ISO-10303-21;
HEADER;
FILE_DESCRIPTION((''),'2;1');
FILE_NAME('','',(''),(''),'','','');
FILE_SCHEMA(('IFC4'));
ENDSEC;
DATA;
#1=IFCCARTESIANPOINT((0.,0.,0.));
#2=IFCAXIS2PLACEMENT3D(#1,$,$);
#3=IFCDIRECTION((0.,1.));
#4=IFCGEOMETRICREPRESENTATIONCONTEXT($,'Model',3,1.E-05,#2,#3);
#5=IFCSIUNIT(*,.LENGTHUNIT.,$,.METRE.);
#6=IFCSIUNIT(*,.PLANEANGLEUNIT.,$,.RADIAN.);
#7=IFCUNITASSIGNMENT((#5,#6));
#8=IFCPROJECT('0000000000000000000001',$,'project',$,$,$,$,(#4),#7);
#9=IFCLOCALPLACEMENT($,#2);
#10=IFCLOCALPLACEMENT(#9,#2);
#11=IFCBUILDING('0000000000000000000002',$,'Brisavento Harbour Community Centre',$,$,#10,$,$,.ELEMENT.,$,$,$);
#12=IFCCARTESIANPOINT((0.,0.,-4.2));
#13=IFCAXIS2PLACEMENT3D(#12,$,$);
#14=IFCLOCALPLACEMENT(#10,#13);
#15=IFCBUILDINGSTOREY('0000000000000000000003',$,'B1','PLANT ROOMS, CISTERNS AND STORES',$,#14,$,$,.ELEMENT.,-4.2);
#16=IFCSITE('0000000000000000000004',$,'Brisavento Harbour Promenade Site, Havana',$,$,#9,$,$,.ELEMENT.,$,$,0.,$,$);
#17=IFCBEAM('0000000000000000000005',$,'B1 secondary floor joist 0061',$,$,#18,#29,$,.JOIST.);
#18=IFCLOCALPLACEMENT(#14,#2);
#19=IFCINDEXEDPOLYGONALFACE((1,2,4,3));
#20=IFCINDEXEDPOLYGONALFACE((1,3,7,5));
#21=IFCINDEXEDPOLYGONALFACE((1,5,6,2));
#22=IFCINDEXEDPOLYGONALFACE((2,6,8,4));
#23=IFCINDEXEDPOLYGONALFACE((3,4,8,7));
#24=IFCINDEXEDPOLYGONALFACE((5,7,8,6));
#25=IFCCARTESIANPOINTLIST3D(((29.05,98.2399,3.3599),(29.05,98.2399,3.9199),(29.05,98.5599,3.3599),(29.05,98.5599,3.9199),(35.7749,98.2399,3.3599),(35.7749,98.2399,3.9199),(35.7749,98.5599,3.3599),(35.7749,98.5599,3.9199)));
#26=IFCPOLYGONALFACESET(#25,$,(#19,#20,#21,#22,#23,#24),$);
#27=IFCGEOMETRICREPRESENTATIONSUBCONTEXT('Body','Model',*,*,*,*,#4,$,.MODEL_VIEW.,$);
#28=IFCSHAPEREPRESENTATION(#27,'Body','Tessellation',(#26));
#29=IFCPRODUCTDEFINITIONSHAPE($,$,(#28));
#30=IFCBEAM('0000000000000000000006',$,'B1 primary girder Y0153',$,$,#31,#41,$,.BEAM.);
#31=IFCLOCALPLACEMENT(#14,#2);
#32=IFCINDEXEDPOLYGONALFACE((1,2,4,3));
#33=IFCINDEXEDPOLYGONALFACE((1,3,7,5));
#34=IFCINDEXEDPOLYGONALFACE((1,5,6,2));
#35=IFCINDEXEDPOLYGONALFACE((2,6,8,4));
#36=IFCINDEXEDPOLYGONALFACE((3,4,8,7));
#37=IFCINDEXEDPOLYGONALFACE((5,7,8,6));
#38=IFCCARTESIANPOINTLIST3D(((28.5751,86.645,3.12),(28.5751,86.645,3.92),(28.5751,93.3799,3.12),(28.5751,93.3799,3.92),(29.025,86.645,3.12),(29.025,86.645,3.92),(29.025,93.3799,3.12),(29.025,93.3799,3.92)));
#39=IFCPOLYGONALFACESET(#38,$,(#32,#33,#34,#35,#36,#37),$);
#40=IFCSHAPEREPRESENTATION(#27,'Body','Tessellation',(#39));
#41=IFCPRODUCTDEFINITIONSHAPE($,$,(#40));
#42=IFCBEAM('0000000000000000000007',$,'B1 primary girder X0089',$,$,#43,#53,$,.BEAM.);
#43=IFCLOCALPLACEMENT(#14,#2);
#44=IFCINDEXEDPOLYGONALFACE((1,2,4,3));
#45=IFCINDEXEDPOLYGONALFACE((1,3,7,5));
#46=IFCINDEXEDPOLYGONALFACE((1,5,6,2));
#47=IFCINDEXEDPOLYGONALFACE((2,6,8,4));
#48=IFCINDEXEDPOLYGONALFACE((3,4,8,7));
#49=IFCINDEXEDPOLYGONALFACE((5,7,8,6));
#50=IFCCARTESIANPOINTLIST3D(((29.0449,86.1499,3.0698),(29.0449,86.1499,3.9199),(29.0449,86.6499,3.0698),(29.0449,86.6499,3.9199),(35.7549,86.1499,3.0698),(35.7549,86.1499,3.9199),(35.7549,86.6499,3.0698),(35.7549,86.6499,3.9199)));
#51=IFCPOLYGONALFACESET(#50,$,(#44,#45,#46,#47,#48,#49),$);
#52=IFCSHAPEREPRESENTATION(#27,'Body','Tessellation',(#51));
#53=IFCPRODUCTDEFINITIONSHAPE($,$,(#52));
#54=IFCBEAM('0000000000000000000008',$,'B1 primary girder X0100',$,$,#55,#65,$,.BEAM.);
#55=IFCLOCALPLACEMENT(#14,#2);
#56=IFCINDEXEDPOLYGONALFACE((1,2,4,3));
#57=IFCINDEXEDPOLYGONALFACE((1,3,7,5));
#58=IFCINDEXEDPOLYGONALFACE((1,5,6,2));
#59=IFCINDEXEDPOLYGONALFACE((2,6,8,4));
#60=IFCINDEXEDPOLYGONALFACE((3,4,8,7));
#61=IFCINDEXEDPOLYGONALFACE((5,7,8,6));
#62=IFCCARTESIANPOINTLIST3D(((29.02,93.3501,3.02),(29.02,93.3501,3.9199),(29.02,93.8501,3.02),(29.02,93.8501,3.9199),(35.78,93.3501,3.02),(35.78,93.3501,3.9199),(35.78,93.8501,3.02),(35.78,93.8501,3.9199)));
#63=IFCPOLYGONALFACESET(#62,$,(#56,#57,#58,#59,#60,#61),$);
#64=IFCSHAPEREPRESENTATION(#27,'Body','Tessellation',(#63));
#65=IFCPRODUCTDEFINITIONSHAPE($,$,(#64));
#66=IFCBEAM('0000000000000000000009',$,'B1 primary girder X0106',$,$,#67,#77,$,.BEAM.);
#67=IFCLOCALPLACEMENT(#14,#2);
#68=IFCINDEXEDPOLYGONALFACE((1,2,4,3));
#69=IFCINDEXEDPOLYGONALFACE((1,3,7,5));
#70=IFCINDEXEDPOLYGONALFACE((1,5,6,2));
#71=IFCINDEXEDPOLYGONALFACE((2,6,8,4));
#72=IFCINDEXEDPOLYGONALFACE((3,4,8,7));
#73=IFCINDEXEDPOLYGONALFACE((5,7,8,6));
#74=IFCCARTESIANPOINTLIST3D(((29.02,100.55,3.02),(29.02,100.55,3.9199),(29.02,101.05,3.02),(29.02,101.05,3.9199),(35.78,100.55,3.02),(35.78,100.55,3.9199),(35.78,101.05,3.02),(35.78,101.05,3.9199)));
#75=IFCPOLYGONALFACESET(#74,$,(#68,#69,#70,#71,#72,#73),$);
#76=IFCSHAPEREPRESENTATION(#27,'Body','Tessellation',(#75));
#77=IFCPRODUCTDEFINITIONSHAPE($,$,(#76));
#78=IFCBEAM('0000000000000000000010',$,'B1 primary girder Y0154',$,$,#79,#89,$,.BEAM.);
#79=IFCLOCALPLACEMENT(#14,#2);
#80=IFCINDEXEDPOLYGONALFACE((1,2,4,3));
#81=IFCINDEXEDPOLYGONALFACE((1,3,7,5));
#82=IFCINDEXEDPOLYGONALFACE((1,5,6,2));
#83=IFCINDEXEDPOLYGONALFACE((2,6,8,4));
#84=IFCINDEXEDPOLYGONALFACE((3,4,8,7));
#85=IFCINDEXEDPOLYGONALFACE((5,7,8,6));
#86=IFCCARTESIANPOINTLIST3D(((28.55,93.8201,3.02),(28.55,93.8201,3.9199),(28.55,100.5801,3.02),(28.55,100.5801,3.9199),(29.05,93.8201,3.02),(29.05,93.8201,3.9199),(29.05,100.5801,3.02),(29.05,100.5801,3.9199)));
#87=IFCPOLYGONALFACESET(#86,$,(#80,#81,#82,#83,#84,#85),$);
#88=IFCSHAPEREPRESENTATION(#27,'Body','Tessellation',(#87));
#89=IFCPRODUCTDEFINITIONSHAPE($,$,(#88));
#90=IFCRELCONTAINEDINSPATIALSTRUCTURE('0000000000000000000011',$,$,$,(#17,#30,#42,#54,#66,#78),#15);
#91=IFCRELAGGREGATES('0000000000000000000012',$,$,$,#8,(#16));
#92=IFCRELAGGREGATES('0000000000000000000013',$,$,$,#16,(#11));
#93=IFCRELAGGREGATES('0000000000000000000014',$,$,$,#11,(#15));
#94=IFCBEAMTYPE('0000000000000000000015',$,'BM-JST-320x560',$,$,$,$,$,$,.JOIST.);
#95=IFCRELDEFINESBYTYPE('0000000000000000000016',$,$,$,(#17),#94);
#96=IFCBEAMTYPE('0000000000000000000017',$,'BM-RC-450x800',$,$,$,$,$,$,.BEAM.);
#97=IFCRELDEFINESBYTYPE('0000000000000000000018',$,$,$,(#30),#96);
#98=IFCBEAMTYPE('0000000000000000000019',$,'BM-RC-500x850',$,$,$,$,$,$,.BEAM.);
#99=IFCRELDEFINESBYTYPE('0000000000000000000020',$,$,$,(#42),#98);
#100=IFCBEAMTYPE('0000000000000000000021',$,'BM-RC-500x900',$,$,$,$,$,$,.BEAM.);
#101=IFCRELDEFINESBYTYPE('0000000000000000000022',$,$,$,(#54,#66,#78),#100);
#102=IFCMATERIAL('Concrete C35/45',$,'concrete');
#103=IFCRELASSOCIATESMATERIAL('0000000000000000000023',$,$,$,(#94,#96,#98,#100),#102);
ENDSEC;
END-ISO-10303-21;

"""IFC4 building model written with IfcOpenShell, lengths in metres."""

from ifc_helpers import new_model, si_unit, direction, frame, origin, origin_2d, place, context, subcontext, project, spatial, rectangle, extrude, material, material_profile, profile_set, type_object, element, save


model = new_model("IFC4")

# Units and contexts
model_context = context("Model", 3, precision=1e-05, world=origin(), true_north=direction((0.0, 1.0)))
body_context = subcontext(model_context, "Body", "Model", "MODEL_VIEW")
ifc_project = project(units=[si_unit("LENGTHUNIT", "METRE"), si_unit("PLANEANGLEUNIT", "RADIAN")], contexts=[model_context])

# Site, building, storey
site_placement = place(None, origin())
site = spatial("IfcSite", under=ifc_project, at=site_placement, Name="Brisavento Harbour Promenade Site, Havana", CompositionType="ELEMENT", RefElevation=0.0)
building_placement = place(site_placement, origin())
building = spatial("IfcBuilding", under=site, at=building_placement, Name="Brisavento Harbour Community Centre", CompositionType="ELEMENT")
storey_placement = place(building_placement, frame((0.0, 0.0, -4.2)))
storey = spatial("IfcBuildingStorey", under=building, at=storey_placement, Name="B1", Description="PLANT ROOMS, CISTERNS AND STORES", CompositionType="ELEMENT", Elevation=-4.2)

# Shared definitions
ifc_material = material(Name="Concrete C35/45", Category="concrete")

# Beams
ifc_material_profile_1 = material_profile(ifc_material, rectangle(XDim=0.3201, YDim=0.5601, at=origin_2d()), Name="Concrete C35/45")
ifc_profile_set_1 = profile_set([ifc_material_profile_1], Name="Concrete C35/45")
beam_type_1 = type_object("IfcBeamType", Name="BM-JST-320x560", PredefinedType="JOIST", material=ifc_profile_set_1)
beam_1_placement = place(storey_placement, frame((29.05, 98.3999, 3.6399), z_axis=(1.0, 0.0, 0.0), x_axis=(0.0, 1.0, 0.0)))
element("IfcBeam", 1, at=beam_1_placement, inside=storey, type_object=beam_type_1, Name="B1 secondary floor joist 0061", PredefinedType="JOIST", context=body_context, shape_type="SweptSolid", body=[
    extrude(rectangle(XDim=0.3201, YDim=0.5601, at=origin_2d()), origin(), (0.0, 0.0, 1.0), 6.7249),
])
ifc_material_profile_2 = material_profile(ifc_material, rectangle(XDim=0.45, YDim=0.8, at=origin_2d()), Name="Concrete C35/45")
ifc_profile_set_2 = profile_set([ifc_material_profile_2], Name="Concrete C35/45")
beam_type_2 = type_object("IfcBeamType", Name="BM-RC-450x800", PredefinedType="BEAM", material=ifc_profile_set_2)
beam_2_placement = place(storey_placement, frame((28.8, 86.645, 3.52), z_axis=(0.0, 1.0, 0.0), x_axis=(-1.0, 0.0, 0.0)))
element("IfcBeam", 2, at=beam_2_placement, inside=storey, type_object=beam_type_2, Name="B1 primary girder Y0153", PredefinedType="BEAM", context=body_context, shape_type="SweptSolid", body=[
    extrude(rectangle(XDim=0.45, YDim=0.8, at=origin_2d()), origin(), (0.0, 0.0, 1.0), 6.7349),
])
ifc_material_profile_3 = material_profile(ifc_material, rectangle(XDim=0.5, YDim=0.8501, at=origin_2d()), Name="Concrete C35/45")
ifc_profile_set_3 = profile_set([ifc_material_profile_3], Name="Concrete C35/45")
beam_type_3 = type_object("IfcBeamType", Name="BM-RC-500x850", PredefinedType="BEAM", material=ifc_profile_set_3)
beam_3_placement = place(storey_placement, frame((29.0449, 86.3999, 3.4949), z_axis=(1.0, 0.0, 0.0), x_axis=(0.0, 1.0, 0.0)))
element("IfcBeam", 3, at=beam_3_placement, inside=storey, type_object=beam_type_3, Name="B1 primary girder X0089", PredefinedType="BEAM", context=body_context, shape_type="SweptSolid", body=[
    extrude(rectangle(XDim=0.5, YDim=0.8501, at=origin_2d()), origin(), (0.0, 0.0, 1.0), 6.71),
])
ifc_material_profile_4 = material_profile(ifc_material, rectangle(XDim=0.5, YDim=0.8999, at=origin_2d()), Name="Concrete C35/45")
ifc_profile_set_4 = profile_set([ifc_material_profile_4], Name="Concrete C35/45")
beam_type_4 = type_object("IfcBeamType", Name="BM-RC-500x900", PredefinedType="BEAM", material=ifc_profile_set_4)
for number, where, z_axis, x_axis, name in (
    (4, (29.02, 93.6001, 3.47), (1.0, 0.0, 0.0), (0.0, 1.0, 0.0), "B1 primary girder X0100"),
    (5, (29.02, 100.8, 3.47), (1.0, 0.0, 0.0), (0.0, 1.0, 0.0), "B1 primary girder X0106"),
    (6, (28.8, 93.8201, 3.47), (0.0, 1.0, 0.0), (-1.0, 0.0, 0.0), "B1 primary girder Y0154"),
):
    element("IfcBeam", number, at=place(storey_placement, frame(where, z_axis=z_axis, x_axis=x_axis)), inside=storey, type_object=beam_type_4, Name=name, PredefinedType="BEAM", context=body_context, shape_type="SweptSolid", body=[
        extrude(rectangle(XDim=0.5, YDim=0.8999, at=origin_2d()), origin(), (0.0, 0.0, 1.0), 6.76),
    ])

save(model, "model.ifc")
